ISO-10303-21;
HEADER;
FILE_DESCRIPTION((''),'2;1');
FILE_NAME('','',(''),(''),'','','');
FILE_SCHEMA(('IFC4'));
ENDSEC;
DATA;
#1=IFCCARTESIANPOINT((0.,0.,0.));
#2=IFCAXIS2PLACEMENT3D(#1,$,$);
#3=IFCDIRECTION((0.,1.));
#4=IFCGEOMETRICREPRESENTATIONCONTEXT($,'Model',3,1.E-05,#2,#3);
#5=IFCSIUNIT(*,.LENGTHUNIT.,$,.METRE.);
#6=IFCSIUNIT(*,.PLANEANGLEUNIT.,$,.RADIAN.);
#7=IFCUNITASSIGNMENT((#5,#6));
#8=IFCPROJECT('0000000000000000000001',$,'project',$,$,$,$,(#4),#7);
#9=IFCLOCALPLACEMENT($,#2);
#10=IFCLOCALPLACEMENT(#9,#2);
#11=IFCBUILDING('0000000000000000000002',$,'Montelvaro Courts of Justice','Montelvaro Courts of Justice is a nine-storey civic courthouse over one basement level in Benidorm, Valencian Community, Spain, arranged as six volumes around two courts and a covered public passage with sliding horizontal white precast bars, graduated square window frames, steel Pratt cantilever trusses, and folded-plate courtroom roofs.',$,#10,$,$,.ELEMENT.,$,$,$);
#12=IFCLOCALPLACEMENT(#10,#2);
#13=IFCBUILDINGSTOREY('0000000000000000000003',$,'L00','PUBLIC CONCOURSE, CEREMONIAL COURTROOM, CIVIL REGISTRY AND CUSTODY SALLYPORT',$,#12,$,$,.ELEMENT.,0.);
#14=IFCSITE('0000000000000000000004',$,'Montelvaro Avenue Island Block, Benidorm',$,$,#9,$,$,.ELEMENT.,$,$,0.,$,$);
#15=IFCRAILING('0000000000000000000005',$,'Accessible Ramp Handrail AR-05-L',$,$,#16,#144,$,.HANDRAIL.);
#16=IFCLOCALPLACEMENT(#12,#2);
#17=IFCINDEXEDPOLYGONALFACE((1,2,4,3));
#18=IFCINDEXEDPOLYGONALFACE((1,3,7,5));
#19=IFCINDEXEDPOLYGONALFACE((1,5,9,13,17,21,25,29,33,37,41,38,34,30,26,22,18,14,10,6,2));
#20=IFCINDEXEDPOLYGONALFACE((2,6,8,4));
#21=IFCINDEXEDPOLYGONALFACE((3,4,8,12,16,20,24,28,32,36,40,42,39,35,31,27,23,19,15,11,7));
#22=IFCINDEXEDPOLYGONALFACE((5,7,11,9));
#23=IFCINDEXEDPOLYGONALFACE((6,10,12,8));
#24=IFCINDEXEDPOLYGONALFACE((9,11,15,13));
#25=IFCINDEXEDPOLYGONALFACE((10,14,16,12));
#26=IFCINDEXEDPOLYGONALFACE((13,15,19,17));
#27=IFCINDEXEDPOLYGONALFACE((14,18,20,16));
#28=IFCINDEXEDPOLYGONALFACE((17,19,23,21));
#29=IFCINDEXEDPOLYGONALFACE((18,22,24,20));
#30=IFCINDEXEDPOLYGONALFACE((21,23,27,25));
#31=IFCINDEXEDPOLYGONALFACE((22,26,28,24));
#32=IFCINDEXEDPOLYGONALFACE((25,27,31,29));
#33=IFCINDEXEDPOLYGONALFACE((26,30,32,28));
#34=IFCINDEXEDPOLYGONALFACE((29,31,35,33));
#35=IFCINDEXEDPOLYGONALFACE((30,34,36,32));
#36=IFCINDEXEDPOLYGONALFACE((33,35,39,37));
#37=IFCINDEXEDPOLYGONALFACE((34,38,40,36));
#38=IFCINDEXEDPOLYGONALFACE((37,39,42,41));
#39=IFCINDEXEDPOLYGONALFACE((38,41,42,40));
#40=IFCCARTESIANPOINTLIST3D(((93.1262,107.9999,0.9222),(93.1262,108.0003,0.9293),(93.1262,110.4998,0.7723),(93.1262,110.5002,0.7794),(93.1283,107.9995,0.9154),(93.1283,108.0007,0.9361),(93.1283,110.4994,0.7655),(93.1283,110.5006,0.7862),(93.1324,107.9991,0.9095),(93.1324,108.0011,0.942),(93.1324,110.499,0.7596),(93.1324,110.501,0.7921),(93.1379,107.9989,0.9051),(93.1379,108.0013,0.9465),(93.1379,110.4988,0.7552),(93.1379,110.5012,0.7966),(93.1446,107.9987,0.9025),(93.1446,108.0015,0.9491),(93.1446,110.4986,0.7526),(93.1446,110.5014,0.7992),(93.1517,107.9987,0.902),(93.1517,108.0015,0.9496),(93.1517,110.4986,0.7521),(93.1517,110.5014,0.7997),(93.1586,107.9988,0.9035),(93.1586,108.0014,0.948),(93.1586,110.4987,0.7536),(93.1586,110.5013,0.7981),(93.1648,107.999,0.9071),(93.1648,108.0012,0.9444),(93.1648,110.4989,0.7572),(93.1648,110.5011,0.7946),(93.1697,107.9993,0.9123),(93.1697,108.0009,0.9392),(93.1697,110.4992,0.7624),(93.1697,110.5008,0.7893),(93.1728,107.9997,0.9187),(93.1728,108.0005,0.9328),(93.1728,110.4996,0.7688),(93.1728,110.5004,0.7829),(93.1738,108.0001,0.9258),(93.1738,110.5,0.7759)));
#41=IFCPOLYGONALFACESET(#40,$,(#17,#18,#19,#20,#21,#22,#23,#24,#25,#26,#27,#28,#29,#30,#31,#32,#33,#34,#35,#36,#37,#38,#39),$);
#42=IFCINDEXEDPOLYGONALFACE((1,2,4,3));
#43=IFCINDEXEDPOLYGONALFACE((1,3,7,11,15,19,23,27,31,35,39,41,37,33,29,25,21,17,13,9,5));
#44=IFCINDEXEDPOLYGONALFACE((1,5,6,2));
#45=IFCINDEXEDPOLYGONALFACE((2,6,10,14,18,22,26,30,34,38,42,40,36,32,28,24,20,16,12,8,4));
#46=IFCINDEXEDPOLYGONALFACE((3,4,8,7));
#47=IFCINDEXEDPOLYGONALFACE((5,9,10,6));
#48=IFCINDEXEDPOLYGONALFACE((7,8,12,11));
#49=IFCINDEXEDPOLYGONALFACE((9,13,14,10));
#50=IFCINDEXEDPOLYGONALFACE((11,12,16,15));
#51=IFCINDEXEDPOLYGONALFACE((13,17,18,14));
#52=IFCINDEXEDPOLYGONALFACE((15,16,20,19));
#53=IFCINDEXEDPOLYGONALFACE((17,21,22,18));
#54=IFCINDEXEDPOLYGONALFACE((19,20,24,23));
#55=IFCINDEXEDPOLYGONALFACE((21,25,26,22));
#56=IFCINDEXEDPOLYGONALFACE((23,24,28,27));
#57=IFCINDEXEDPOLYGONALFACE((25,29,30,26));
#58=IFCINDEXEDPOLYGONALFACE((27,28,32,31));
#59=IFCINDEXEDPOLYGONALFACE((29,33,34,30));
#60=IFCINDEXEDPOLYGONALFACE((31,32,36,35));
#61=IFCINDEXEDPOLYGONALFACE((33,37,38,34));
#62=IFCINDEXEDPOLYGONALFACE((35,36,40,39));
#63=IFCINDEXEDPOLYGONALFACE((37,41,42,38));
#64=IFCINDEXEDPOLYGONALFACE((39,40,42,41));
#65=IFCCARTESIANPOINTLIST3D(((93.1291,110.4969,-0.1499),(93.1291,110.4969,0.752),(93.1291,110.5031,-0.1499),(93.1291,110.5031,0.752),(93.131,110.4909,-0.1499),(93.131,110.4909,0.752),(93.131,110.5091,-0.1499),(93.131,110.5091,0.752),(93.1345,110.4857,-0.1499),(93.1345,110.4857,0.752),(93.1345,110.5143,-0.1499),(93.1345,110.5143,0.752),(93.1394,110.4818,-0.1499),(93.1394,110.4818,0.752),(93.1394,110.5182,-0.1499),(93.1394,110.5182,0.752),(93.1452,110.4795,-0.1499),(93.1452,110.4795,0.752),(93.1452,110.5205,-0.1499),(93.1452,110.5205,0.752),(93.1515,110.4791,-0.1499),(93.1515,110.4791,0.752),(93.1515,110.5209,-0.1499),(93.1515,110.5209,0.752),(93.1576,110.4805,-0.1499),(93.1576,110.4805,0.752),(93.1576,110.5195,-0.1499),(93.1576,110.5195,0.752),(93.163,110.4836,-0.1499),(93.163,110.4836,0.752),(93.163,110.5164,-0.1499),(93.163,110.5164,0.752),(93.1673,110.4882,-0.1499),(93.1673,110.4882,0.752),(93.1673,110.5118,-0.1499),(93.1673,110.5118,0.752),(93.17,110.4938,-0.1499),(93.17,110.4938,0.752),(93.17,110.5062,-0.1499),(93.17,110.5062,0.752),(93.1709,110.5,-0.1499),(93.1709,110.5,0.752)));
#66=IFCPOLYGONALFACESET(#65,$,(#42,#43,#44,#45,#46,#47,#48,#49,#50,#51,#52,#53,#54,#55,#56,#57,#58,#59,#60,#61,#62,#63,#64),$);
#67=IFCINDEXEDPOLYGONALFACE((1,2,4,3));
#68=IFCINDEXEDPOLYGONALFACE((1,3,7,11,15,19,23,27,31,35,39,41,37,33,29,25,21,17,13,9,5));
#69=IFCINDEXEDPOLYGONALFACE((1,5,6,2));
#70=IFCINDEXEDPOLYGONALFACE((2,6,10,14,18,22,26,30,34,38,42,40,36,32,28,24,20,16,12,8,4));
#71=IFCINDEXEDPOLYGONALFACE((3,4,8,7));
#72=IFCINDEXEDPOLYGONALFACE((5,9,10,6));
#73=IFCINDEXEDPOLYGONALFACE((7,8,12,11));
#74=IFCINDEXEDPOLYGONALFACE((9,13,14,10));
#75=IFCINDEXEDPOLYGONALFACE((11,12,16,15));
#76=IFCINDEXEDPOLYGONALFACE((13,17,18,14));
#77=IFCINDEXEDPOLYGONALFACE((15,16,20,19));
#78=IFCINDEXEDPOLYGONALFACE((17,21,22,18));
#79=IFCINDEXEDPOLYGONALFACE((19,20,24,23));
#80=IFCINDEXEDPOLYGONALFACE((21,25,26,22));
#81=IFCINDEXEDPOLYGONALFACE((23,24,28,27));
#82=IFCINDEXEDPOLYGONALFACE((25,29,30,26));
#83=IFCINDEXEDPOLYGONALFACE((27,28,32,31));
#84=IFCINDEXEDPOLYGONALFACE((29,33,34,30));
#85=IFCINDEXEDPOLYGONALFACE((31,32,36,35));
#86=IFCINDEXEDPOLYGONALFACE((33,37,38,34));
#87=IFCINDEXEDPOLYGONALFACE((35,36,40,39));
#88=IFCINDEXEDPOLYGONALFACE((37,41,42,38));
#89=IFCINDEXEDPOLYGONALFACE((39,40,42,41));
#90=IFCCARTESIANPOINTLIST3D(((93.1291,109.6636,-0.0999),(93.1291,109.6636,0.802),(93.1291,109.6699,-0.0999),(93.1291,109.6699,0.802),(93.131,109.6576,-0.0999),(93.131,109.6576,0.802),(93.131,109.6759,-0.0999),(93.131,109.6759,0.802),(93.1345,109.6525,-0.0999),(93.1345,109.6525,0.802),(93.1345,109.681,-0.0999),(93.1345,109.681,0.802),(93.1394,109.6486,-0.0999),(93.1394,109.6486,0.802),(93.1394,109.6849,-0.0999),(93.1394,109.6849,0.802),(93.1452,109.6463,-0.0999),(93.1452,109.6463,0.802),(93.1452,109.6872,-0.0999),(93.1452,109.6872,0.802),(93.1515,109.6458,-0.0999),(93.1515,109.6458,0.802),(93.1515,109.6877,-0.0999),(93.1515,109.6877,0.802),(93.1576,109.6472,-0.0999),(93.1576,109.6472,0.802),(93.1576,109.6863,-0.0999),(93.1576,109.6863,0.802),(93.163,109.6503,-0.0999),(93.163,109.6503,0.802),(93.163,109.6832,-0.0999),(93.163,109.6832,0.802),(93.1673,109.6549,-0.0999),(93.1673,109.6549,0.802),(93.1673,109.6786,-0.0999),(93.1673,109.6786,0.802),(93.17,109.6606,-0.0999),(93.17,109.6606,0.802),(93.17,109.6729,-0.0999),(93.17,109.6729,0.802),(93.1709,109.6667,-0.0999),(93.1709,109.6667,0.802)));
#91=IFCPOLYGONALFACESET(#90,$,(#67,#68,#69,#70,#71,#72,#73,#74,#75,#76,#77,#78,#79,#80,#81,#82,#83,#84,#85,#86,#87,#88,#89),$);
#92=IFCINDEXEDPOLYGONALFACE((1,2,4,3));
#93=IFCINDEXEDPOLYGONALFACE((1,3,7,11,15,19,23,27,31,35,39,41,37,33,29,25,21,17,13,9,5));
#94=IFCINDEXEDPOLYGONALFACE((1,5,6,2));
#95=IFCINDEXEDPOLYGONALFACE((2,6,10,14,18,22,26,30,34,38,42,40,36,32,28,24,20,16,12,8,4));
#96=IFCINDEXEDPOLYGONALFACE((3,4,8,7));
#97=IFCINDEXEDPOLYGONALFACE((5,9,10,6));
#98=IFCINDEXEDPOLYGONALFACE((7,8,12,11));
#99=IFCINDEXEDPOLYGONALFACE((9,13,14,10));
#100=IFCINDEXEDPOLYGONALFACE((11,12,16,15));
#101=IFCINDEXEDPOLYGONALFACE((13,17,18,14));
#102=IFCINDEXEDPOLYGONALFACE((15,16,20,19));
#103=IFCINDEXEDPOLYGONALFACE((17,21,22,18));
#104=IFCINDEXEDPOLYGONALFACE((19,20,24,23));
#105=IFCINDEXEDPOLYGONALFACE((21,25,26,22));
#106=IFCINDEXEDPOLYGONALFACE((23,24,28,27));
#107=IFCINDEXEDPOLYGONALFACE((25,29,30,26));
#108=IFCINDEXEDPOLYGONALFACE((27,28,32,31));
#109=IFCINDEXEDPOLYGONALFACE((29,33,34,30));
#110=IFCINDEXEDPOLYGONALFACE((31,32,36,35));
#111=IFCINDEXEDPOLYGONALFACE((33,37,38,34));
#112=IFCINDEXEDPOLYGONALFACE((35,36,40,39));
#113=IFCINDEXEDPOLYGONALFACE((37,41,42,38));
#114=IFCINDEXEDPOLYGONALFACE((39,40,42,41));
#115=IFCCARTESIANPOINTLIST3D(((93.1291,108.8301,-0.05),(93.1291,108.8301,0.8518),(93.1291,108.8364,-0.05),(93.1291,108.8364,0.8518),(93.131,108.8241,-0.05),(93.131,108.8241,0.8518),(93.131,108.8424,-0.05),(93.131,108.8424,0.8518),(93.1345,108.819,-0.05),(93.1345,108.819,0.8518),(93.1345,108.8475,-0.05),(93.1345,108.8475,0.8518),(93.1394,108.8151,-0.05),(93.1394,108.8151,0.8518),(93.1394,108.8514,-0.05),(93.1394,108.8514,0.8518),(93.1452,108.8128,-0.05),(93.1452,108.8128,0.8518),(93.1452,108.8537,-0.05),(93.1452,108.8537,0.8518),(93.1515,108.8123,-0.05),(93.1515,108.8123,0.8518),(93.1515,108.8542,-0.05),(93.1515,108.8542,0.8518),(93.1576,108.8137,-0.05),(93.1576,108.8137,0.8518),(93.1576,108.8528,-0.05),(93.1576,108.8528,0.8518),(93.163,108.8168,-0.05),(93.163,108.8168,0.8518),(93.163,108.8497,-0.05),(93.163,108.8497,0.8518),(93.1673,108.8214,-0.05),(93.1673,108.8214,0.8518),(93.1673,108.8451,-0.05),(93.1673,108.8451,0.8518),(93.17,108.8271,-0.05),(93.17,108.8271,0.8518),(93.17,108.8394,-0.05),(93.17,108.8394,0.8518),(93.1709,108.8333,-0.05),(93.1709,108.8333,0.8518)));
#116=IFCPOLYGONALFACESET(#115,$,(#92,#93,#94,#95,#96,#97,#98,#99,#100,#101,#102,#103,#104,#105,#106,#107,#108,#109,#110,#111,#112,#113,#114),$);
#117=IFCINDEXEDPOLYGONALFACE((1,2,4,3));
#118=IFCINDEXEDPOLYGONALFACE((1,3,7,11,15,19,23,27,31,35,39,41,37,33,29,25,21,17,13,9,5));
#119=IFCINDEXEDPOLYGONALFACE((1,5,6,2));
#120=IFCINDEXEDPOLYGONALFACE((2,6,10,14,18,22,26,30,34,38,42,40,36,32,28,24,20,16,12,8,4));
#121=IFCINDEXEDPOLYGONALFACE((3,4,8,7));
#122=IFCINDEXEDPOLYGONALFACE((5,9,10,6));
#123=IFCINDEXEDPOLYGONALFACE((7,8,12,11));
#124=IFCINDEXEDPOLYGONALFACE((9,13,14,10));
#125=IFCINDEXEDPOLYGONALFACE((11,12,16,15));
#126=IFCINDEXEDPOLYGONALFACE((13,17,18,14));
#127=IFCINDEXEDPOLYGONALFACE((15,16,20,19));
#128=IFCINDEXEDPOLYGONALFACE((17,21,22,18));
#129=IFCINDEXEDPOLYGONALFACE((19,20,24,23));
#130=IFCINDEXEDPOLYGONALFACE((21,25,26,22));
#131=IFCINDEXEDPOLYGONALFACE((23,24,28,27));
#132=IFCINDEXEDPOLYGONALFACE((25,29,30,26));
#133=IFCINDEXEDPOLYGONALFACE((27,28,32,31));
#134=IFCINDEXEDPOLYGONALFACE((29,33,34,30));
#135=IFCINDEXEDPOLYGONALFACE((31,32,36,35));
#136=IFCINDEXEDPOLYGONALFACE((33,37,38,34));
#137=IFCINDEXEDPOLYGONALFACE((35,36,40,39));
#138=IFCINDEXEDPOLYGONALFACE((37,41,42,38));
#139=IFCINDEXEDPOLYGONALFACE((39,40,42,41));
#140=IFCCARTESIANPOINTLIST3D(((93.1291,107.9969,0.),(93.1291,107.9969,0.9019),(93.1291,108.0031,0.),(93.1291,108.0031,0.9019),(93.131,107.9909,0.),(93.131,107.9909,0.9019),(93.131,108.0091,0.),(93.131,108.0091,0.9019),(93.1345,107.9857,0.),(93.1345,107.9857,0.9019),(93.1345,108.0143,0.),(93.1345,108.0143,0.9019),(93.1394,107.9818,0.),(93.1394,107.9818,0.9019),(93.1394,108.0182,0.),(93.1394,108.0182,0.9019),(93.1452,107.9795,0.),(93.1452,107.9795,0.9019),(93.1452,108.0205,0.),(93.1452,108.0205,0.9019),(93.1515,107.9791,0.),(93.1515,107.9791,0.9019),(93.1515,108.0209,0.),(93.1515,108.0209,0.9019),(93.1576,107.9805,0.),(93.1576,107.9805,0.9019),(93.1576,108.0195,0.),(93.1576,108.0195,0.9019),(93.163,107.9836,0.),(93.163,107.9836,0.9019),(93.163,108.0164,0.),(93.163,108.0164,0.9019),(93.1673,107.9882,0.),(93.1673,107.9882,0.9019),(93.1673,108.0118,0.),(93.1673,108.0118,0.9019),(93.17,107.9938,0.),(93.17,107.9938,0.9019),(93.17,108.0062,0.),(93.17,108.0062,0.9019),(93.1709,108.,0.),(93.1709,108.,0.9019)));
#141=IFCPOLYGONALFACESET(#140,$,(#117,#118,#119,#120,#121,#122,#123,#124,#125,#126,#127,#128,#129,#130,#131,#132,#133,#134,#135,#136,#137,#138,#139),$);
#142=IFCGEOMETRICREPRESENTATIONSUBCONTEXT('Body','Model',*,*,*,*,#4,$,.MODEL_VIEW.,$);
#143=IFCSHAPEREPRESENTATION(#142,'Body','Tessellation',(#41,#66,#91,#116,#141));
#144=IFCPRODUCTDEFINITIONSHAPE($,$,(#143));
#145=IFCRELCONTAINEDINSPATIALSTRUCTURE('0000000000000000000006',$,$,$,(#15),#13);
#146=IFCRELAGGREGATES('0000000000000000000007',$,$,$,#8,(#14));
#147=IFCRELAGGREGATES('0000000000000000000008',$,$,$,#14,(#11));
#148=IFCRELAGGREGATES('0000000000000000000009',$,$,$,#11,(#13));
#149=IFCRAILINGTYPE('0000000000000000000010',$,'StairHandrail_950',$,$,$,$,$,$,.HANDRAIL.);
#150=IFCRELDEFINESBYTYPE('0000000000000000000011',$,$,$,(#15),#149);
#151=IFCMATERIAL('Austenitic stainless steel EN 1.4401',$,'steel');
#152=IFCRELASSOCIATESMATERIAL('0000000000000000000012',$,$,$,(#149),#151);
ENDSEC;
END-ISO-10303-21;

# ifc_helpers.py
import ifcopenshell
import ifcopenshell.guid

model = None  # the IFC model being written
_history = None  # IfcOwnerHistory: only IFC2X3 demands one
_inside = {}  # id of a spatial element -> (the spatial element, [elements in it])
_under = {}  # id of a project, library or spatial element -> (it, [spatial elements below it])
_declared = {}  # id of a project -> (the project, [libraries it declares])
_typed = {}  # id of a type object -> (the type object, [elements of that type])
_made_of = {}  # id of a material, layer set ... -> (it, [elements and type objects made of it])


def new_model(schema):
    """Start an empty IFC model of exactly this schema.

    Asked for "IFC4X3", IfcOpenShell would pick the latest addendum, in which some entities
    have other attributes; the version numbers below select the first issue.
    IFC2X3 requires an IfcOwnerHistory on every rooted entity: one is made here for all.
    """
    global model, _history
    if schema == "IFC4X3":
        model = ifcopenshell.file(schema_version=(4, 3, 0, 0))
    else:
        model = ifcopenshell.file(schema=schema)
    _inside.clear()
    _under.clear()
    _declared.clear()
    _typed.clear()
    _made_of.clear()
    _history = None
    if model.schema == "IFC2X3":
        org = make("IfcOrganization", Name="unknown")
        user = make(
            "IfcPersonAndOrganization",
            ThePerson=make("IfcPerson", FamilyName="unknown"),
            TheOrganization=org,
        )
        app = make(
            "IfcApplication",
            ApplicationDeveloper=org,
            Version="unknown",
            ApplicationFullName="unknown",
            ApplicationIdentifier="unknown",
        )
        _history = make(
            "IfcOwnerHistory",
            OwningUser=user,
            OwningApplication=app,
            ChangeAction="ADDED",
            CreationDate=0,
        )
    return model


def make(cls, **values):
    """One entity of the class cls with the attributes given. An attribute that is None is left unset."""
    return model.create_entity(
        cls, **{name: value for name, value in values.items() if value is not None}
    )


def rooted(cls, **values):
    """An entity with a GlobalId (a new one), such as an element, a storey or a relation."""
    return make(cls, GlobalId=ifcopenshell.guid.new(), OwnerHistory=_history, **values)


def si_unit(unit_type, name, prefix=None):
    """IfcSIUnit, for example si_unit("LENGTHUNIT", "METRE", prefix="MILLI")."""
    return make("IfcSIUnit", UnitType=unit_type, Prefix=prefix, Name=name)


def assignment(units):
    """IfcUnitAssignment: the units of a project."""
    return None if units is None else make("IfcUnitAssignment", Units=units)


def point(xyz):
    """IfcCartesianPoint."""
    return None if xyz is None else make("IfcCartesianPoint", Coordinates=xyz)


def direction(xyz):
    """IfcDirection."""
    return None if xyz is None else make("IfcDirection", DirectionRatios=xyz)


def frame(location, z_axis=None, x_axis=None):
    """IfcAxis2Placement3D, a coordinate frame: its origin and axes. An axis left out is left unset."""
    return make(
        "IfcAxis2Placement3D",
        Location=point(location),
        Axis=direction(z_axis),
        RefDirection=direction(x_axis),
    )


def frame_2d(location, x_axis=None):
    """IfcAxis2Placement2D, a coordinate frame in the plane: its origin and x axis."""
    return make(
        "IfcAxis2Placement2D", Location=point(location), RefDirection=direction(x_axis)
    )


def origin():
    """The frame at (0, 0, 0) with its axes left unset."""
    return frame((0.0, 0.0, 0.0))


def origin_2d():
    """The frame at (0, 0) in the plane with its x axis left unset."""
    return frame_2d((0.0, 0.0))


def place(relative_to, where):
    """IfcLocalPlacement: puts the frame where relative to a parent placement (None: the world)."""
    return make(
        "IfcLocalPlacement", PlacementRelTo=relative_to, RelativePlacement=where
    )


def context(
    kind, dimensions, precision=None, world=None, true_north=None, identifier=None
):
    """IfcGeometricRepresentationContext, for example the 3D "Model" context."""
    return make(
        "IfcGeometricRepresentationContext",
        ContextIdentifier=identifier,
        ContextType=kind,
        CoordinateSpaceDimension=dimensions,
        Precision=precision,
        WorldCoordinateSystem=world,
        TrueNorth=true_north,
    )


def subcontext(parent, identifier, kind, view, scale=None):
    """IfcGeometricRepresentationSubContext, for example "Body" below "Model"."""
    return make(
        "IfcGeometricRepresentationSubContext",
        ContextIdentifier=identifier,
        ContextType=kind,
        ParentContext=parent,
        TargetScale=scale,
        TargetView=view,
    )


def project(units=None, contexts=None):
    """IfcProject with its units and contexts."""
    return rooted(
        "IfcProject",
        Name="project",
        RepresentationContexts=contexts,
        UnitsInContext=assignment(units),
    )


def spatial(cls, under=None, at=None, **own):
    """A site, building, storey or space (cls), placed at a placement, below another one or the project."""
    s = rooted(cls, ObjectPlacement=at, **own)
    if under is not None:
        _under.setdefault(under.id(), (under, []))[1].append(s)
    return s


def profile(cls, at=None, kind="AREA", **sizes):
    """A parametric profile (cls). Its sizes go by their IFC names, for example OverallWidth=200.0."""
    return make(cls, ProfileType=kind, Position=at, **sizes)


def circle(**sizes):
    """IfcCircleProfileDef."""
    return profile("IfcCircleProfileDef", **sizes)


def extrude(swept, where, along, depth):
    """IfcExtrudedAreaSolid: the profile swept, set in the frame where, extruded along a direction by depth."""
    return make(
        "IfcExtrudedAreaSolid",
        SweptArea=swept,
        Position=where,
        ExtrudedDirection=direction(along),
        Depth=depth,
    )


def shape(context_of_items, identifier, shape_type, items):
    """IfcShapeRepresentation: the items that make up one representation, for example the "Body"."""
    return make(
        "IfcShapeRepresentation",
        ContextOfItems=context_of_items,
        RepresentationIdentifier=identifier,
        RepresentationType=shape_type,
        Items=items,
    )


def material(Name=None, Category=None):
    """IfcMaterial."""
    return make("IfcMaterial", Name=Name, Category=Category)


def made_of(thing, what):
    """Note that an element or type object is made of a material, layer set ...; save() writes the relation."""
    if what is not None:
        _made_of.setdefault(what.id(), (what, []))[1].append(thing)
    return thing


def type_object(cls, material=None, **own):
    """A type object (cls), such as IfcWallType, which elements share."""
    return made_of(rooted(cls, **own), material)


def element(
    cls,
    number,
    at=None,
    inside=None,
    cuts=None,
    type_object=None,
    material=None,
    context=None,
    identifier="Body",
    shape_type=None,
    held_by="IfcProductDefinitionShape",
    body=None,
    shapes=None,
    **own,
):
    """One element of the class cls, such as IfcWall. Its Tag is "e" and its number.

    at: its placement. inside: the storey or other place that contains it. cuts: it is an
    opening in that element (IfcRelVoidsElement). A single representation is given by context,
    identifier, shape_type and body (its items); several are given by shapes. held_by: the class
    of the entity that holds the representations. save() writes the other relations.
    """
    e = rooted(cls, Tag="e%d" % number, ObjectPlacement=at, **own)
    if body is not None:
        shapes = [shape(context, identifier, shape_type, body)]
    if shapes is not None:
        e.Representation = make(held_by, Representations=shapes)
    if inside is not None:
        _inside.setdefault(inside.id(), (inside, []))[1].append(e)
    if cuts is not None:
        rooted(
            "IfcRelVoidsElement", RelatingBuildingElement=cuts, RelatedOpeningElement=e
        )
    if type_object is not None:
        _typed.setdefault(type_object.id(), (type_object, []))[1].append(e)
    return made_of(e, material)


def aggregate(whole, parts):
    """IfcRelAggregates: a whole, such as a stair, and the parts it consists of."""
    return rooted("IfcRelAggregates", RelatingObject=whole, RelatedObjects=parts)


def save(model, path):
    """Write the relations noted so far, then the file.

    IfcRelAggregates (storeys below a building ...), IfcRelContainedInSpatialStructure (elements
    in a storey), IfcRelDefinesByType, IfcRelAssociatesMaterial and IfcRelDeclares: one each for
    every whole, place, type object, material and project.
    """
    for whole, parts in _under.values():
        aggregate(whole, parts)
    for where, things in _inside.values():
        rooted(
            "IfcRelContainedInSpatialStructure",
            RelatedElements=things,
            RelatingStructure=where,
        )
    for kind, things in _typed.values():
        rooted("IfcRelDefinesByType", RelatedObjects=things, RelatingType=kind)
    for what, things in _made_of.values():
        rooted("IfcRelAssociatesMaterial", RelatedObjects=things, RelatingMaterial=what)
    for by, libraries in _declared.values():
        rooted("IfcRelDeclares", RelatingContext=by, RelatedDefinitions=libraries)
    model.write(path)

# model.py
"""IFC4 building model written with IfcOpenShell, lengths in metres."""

from ifc_helpers import new_model, si_unit, direction, frame, origin, origin_2d, place, context, subcontext, project, spatial, circle, extrude, material, type_object, element, save


model = new_model("IFC4")

# Units and contexts
model_context = context("Model", 3, precision=1e-05, world=origin(), true_north=direction((0.0, 1.0)))
body_context = subcontext(model_context, "Body", "Model", "MODEL_VIEW")
ifc_project = project(units=[si_unit("LENGTHUNIT", "METRE"), si_unit("PLANEANGLEUNIT", "RADIAN")], contexts=[model_context])

# Site, building, storey
site_placement = place(None, origin())
site = spatial("IfcSite", under=ifc_project, at=site_placement, Name="Montelvaro Avenue Island Block, Benidorm", CompositionType="ELEMENT", RefElevation=0.0)
building_placement = place(site_placement, origin())
building = spatial("IfcBuilding", under=site, at=building_placement, Name="Montelvaro Courts of Justice", Description="Montelvaro Courts of Justice is a nine-storey civic courthouse over one basement level in Benidorm, Valencian Community, Spain, arranged as six volumes around two courts and a covered public passage with sliding horizontal white precast bars, graduated square window frames, steel Pratt cantilever trusses, and folded-plate courtroom roofs.", CompositionType="ELEMENT")
storey_placement = place(building_placement, origin())
storey = spatial("IfcBuildingStorey", under=building, at=storey_placement, Name="L00", Description="PUBLIC CONCOURSE, CEREMONIAL COURTROOM, CIVIL REGISTRY AND CUSTODY SALLYPORT", CompositionType="ELEMENT", Elevation=0.0)

# Railing
ifc_material_1 = material(Name="Austenitic stainless steel EN 1.4401", Category="steel")
railing_type = type_object("IfcRailingType", Name="StairHandrail_950", PredefinedType="HANDRAIL", material=ifc_material_1)
for number, where, name in (
    (1, (93.1499, 110.5, -0.1499), "Accessible Ramp Handrail AR-05-L"),
):
    element("IfcRailing", number, at=place(storey_placement, frame(where)), inside=storey, type_object=railing_type, Name=name, PredefinedType="HANDRAIL", context=body_context, shape_type="SweptSolid", body=[
        extrude(circle(Radius=0.0239, at=origin_2d()), frame((0.0, 0.0, 0.9258), z_axis=(0.0, -0.998207, 0.059853), x_axis=(1.0, 0.0, 0.0)), (0.0, 0.0, 1.0), 2.5044),
        extrude(circle(Radius=0.021, at=origin_2d()), origin(), (0.0, 0.0, 1.0), 0.9019),
        extrude(circle(Radius=0.021, at=origin_2d()), frame((0.0, -0.8333, 0.05)), (0.0, 0.0, 1.0), 0.9019),
        extrude(circle(Radius=0.021, at=origin_2d()), frame((0.0, -1.6667, 0.0999)), (0.0, 0.0, 1.0), 0.9019),
        extrude(circle(Radius=0.021, at=origin_2d()), frame((0.0, -2.5, 0.1499)), (0.0, 0.0, 1.0), 0.9019),
    ])

save(model, "model.ifc")
